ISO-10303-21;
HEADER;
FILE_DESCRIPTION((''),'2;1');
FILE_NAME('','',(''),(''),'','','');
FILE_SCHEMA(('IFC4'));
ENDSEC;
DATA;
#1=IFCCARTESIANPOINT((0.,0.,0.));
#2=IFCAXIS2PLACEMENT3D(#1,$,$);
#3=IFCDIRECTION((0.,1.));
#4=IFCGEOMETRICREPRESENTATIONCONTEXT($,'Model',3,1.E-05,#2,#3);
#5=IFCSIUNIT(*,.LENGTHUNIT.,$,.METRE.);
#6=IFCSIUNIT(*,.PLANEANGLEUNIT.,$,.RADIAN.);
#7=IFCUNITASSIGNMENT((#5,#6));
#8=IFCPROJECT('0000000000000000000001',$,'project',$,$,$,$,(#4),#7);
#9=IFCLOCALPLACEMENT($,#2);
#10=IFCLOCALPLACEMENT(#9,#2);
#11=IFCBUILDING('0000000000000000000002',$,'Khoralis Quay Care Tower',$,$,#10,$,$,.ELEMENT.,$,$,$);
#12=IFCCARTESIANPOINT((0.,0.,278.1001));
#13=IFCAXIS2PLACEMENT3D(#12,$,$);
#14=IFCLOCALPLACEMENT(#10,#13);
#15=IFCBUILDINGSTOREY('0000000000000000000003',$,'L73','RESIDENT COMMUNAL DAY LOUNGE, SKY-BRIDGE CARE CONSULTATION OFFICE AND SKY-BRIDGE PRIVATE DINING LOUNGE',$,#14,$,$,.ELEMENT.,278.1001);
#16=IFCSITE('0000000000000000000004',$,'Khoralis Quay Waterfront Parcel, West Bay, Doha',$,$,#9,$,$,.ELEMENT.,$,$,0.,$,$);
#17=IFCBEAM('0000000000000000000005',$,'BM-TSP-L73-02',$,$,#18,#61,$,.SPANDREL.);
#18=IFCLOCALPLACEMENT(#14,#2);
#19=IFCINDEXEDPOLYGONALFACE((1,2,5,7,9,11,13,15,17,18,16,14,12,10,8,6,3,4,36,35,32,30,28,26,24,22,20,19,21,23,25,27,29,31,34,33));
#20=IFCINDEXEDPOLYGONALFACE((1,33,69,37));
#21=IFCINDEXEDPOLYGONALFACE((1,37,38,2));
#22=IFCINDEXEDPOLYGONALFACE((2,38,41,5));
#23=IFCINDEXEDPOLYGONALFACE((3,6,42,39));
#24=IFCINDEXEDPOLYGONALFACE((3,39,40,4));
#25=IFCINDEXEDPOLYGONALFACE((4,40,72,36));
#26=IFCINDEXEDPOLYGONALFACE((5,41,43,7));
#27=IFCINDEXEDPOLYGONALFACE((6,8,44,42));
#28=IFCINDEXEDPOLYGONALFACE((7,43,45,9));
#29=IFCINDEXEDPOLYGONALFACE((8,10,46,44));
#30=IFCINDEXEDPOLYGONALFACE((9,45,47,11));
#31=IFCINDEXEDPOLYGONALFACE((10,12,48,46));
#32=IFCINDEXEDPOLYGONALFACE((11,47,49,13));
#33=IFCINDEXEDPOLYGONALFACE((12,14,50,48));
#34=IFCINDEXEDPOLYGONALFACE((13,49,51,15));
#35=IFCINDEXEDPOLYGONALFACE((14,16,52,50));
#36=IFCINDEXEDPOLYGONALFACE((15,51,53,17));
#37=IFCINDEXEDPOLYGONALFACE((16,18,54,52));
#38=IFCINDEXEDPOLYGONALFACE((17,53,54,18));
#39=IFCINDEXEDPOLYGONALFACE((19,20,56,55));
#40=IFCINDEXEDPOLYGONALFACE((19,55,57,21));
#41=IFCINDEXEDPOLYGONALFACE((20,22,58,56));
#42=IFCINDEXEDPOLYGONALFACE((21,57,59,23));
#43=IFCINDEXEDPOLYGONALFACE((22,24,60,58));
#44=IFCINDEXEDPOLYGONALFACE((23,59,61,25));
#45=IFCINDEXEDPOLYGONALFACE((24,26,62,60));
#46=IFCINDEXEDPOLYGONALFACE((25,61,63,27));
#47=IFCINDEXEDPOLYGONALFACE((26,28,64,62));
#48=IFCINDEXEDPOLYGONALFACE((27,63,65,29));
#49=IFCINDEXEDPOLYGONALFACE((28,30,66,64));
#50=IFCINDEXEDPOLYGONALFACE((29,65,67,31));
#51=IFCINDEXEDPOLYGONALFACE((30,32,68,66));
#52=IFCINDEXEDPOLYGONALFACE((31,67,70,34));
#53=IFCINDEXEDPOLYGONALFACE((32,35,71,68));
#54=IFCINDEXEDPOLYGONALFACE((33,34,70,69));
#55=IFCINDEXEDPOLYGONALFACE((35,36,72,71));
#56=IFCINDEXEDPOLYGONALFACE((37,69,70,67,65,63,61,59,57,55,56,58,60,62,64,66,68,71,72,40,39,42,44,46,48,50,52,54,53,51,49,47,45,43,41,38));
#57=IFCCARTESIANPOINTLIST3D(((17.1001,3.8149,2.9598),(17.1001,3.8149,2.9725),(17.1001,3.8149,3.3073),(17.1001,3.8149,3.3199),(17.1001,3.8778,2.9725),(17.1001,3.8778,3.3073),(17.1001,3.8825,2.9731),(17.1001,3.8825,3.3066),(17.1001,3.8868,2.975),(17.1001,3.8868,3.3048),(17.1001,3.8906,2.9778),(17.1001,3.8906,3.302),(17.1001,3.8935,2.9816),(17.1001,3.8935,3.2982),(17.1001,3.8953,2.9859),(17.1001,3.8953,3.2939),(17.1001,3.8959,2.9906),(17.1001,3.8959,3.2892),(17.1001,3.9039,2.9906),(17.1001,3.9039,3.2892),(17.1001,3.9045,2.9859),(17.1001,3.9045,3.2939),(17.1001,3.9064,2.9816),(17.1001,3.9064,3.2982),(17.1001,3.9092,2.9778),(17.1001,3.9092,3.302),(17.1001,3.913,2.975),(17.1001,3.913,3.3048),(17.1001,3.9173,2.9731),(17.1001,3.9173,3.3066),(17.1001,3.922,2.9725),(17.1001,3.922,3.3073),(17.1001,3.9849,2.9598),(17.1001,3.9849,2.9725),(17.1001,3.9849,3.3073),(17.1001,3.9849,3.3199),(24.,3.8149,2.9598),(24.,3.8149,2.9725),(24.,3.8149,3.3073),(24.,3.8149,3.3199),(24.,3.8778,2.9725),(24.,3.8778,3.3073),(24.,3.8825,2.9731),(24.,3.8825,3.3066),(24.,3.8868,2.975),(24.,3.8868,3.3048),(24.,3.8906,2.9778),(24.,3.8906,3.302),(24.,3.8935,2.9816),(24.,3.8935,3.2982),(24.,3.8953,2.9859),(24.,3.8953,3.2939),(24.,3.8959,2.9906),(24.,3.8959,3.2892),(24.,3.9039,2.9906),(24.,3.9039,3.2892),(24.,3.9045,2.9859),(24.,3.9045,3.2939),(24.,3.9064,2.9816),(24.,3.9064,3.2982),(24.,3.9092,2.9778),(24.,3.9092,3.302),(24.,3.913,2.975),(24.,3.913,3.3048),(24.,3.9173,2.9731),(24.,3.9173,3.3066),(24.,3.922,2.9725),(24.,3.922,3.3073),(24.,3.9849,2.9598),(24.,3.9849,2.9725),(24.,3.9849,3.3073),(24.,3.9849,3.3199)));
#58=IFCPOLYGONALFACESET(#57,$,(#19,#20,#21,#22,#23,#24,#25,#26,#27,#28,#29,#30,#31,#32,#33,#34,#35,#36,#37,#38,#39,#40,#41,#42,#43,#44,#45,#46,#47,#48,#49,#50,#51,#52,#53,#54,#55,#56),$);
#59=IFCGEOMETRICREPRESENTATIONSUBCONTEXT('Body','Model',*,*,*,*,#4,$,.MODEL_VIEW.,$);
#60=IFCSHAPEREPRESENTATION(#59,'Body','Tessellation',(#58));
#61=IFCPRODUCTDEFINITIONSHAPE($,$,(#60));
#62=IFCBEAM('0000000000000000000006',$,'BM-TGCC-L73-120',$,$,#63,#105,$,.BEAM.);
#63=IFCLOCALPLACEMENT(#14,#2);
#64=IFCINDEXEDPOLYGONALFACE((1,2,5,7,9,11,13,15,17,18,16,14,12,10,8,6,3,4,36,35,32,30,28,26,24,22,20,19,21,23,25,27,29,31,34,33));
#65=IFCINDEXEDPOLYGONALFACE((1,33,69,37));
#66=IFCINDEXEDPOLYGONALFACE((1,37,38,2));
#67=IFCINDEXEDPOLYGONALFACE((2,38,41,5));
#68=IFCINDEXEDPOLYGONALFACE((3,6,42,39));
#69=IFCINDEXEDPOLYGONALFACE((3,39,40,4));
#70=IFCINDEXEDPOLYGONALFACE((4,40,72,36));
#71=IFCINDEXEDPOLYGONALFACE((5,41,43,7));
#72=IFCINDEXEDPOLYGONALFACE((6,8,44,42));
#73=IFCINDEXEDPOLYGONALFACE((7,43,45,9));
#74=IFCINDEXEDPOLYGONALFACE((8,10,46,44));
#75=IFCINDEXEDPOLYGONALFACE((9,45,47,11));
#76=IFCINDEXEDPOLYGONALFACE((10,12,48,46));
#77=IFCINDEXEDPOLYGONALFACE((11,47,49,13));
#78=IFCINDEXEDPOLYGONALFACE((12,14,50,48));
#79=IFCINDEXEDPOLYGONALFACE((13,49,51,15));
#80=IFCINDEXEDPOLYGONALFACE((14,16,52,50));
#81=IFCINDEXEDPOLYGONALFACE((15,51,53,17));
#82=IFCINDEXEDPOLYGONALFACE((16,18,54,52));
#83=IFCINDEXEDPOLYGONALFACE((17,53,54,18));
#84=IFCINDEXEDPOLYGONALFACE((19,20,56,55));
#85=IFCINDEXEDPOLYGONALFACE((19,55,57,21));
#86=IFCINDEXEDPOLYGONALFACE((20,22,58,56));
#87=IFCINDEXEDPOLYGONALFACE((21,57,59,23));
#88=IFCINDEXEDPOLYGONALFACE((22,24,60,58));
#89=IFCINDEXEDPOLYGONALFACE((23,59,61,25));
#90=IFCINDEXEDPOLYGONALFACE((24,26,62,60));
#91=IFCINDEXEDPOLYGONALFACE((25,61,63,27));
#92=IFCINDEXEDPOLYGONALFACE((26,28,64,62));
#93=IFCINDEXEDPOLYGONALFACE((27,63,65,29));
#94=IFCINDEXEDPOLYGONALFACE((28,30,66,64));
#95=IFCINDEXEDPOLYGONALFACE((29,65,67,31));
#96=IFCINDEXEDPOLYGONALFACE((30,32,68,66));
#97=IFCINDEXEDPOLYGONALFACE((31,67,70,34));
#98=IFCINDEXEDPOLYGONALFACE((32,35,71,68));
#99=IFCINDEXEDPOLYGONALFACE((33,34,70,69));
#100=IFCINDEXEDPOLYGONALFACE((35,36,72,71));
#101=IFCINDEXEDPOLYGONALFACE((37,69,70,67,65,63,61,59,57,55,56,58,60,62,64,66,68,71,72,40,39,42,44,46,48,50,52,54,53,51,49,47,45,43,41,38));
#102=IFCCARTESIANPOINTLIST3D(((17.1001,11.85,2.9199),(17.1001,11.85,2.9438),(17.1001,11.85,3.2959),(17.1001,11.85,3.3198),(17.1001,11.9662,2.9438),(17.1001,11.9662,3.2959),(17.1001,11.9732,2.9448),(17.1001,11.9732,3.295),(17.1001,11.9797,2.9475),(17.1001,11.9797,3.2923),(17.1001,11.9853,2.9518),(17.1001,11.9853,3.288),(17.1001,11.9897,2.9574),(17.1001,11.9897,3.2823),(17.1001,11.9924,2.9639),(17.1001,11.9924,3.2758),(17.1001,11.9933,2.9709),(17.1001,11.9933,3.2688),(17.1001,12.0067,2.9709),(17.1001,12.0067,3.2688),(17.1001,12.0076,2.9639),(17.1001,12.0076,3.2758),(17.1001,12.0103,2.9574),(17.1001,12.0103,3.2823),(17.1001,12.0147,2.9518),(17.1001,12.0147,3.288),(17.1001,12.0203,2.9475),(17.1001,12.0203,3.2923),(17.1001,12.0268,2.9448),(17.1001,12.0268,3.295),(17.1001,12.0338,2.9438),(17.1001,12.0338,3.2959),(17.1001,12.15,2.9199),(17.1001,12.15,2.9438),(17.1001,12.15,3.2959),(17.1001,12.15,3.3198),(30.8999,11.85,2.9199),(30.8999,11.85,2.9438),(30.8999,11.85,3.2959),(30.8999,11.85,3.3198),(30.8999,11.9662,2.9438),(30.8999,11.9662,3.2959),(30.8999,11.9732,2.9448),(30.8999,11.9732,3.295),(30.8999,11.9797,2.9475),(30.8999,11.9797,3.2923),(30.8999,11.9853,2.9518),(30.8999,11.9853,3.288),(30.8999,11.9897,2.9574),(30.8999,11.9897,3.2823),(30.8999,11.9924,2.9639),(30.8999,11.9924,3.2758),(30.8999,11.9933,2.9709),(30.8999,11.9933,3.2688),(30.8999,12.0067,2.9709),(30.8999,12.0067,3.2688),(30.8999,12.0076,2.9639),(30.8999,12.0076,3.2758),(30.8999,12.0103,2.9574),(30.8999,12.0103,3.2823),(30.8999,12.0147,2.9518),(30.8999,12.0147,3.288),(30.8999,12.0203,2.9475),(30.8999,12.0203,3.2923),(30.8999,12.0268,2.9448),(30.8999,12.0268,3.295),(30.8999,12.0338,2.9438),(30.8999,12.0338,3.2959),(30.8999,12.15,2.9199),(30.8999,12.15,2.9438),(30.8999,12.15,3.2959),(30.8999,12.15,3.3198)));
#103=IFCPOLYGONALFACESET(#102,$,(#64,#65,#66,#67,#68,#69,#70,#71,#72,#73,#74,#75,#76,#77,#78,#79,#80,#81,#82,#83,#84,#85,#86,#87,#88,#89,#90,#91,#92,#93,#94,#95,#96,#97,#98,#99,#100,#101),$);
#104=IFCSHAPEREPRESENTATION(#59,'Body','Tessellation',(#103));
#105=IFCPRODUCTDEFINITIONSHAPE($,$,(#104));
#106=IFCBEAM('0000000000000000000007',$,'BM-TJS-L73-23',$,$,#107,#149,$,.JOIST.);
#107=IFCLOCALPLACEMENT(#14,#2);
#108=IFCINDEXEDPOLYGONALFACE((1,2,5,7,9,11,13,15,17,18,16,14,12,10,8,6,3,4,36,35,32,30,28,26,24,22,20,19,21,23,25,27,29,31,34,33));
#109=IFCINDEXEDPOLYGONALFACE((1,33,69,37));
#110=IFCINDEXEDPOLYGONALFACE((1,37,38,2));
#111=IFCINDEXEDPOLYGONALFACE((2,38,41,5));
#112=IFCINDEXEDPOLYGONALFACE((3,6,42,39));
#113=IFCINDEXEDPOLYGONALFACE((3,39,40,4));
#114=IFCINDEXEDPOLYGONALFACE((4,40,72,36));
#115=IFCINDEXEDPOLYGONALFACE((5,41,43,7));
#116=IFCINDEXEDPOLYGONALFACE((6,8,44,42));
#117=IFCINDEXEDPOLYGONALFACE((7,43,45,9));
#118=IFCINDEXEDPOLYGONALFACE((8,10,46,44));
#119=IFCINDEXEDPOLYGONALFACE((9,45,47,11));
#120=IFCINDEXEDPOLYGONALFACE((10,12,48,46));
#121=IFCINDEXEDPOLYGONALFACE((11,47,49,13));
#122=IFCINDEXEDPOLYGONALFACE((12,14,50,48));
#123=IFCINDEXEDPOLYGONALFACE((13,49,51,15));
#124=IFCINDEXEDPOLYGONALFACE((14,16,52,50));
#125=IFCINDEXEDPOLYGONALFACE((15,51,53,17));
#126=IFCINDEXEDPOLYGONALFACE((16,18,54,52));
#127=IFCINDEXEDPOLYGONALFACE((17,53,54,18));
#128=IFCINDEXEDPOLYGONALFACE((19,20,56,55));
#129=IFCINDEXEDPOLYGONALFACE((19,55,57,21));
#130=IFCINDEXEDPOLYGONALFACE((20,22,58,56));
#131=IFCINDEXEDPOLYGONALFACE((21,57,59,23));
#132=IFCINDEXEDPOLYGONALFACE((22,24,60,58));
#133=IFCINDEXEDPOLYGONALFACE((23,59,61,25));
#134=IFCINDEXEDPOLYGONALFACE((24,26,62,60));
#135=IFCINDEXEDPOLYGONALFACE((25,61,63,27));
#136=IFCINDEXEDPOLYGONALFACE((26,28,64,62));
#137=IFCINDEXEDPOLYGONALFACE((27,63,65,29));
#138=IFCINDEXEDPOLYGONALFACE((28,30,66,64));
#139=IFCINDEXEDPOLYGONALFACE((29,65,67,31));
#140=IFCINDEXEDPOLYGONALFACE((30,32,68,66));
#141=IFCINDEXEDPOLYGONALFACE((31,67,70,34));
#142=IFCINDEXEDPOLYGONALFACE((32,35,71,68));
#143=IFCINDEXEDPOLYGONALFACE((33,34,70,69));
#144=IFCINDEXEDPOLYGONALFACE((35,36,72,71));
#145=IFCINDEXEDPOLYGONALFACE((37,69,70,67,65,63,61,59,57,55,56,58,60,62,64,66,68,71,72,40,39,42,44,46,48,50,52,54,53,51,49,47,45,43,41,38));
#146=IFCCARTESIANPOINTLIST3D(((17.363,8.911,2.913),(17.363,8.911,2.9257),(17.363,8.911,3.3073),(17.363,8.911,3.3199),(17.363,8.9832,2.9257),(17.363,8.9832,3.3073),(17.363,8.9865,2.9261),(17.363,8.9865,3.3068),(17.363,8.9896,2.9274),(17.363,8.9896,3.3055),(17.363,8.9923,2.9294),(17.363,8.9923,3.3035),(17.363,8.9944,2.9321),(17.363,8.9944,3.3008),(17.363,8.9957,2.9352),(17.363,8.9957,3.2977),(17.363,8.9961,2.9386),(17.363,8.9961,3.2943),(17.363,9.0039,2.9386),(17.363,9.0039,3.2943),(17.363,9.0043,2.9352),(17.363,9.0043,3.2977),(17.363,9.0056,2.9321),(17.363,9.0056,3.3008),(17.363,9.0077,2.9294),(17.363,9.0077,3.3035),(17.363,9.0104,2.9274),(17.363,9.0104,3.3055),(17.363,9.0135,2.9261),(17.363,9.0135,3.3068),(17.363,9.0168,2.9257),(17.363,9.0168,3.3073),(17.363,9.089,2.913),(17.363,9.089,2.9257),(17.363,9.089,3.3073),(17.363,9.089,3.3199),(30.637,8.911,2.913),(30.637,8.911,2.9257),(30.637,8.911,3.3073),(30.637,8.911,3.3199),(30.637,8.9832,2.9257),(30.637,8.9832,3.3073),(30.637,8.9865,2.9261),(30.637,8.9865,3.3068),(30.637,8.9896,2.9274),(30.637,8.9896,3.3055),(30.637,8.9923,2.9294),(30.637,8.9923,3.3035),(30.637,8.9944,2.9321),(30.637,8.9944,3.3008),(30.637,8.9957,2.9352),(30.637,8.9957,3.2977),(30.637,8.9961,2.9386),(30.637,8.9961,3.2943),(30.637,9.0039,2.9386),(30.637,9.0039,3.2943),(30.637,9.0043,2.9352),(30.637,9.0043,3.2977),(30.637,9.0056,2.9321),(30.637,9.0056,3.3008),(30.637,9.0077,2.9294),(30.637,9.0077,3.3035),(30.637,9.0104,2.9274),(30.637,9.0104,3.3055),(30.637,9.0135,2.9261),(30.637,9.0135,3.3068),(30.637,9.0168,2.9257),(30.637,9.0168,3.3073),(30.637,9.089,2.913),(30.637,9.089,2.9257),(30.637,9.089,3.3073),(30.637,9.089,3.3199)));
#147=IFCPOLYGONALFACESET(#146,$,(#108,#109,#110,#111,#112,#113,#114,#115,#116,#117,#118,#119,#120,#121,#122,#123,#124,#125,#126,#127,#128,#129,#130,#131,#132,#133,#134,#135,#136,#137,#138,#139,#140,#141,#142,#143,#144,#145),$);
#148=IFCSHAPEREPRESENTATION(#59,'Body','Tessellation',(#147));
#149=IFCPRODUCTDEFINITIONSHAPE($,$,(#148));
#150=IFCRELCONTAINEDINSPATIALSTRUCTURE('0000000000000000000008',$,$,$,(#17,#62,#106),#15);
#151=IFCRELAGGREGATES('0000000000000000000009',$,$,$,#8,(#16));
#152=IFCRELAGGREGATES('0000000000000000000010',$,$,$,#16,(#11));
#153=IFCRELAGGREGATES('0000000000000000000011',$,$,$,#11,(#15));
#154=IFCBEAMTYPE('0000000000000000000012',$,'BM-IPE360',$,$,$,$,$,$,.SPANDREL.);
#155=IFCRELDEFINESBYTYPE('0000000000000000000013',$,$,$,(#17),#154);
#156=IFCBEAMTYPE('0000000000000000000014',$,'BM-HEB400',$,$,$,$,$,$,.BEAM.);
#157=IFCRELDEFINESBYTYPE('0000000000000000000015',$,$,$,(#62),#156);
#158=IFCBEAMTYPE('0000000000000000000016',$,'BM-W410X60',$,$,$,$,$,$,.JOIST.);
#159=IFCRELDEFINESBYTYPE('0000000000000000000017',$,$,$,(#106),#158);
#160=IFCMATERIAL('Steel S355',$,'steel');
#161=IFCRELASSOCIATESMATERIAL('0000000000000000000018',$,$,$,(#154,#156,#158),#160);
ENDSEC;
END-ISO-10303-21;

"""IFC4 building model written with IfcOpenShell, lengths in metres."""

from ifc_helpers import new_model, si_unit, direction, frame, origin, origin_2d, place, context, subcontext, project, spatial, i_section, extrude, source, transform, mapped, material, material_profile, profile_set, type_object, element, save


model = new_model("IFC4")

# Units and contexts
model_context = context("Model", 3, precision=1e-05, world=origin(), true_north=direction((0.0, 1.0)))
body_context = subcontext(model_context, "Body", "Model", "MODEL_VIEW")
ifc_project = project(units=[si_unit("LENGTHUNIT", "METRE"), si_unit("PLANEANGLEUNIT", "RADIAN")], contexts=[model_context])

# Site, building, storey
site_placement = place(None, origin())
site = spatial("IfcSite", under=ifc_project, at=site_placement, Name="Khoralis Quay Waterfront Parcel, West Bay, Doha", CompositionType="ELEMENT", RefElevation=0.0)
building_placement = place(site_placement, origin())
building = spatial("IfcBuilding", under=site, at=building_placement, Name="Khoralis Quay Care Tower", CompositionType="ELEMENT")
storey_placement = place(building_placement, frame((0.0, 0.0, 278.1001)))
storey = spatial("IfcBuildingStorey", under=building, at=storey_placement, Name="L73", Description="RESIDENT COMMUNAL DAY LOUNGE, SKY-BRIDGE CARE CONSULTATION OFFICE AND SKY-BRIDGE PRIVATE DINING LOUNGE", CompositionType="ELEMENT", Elevation=278.1001)

# Beams
ifc_material_1 = material(Name="Steel S355", Category="steel")
ifc_material_profile_1 = material_profile(ifc_material_1, i_section(OverallWidth=0.1699, OverallDepth=0.3601, WebThickness=0.0081, FlangeThickness=0.0127, FilletRadius=0.0181, at=origin_2d()), Name="Steel S355")
ifc_profile_set_1 = profile_set([ifc_material_profile_1], Name="Steel S355")
beam_type_1 = type_object("IfcBeamType", Name="BM-IPE360", PredefinedType="SPANDREL", material=ifc_profile_set_1)
shared_shape_1 = source(origin(), body_context, "Body", "SweptSolid", [
    extrude(i_section(OverallWidth=0.1699, OverallDepth=0.3601, WebThickness=0.0081, FlangeThickness=0.0127, FilletRadius=0.0181, at=origin_2d()), origin(), (0.0, 0.0, 1.0), 6.8999),
])
beam_1_placement = place(storey_placement, frame((17.1001, 3.8999, 3.1399), z_axis=(1.0, 0.0, 0.0), x_axis=(0.0, 1.0, 0.0)))
element("IfcBeam", 1, at=beam_1_placement, inside=storey, type_object=beam_type_1, Name="BM-TSP-L73-02", PredefinedType="SPANDREL", context=body_context, shape_type="MappedRepresentation", body=[
    mapped(shared_shape_1, transform((0.0, 0.0, 0.0), scale=1.0)),
])
ifc_material_profile_2 = material_profile(ifc_material_1, i_section(OverallWidth=0.3, OverallDepth=0.3999, WebThickness=0.0134, FlangeThickness=0.0239, FilletRadius=0.0271, at=origin_2d()), Name="Steel S355")
ifc_profile_set_2 = profile_set([ifc_material_profile_2], Name="Steel S355")
beam_type_2 = type_object("IfcBeamType", Name="BM-HEB400", PredefinedType="BEAM", material=ifc_profile_set_2)
shared_shape_2 = source(origin(), body_context, "Body", "SweptSolid", [
    extrude(i_section(OverallWidth=0.3, OverallDepth=0.3999, WebThickness=0.0134, FlangeThickness=0.0239, FilletRadius=0.0271, at=origin_2d()), origin(), (0.0, 0.0, 1.0), 13.7998),
])
beam_2_placement = place(storey_placement, frame((17.1001, 12.0, 3.1199), z_axis=(1.0, 0.0, 0.0), x_axis=(0.0, 1.0, 0.0)))
element("IfcBeam", 2, at=beam_2_placement, inside=storey, type_object=beam_type_2, Name="BM-TGCC-L73-120", PredefinedType="BEAM", context=body_context, shape_type="MappedRepresentation", body=[
    mapped(shared_shape_2, transform((0.0, 0.0, 0.0), scale=1.0)),
])
ifc_material_profile_3 = material_profile(ifc_material_1, i_section(OverallWidth=0.178, OverallDepth=0.407, WebThickness=0.0078, FlangeThickness=0.0127, FilletRadius=0.0129, at=origin_2d()), Name="Steel S355")
ifc_profile_set_3 = profile_set([ifc_material_profile_3], Name="Steel S355")
beam_type_3 = type_object("IfcBeamType", Name="BM-W410X60", PredefinedType="JOIST", material=ifc_profile_set_3)
shared_shape_3 = source(origin(), body_context, "Body", "SweptSolid", [
    extrude(i_section(OverallWidth=0.178, OverallDepth=0.407, WebThickness=0.0078, FlangeThickness=0.0127, FilletRadius=0.0129, at=origin_2d()), origin(), (0.0, 0.0, 1.0), 13.2739),
])
beam_3_placement = place(storey_placement, frame((17.363, 9.0, 3.1165), z_axis=(1.0, 0.0, 0.0), x_axis=(0.0, 1.0, 0.0)))
element("IfcBeam", 3, at=beam_3_placement, inside=storey, type_object=beam_type_3, Name="BM-TJS-L73-23", PredefinedType="JOIST", context=body_context, shape_type="MappedRepresentation", body=[
    mapped(shared_shape_3, transform((0.0, 0.0, 0.0), scale=1.0)),
])

save(model, "model.ifc")
